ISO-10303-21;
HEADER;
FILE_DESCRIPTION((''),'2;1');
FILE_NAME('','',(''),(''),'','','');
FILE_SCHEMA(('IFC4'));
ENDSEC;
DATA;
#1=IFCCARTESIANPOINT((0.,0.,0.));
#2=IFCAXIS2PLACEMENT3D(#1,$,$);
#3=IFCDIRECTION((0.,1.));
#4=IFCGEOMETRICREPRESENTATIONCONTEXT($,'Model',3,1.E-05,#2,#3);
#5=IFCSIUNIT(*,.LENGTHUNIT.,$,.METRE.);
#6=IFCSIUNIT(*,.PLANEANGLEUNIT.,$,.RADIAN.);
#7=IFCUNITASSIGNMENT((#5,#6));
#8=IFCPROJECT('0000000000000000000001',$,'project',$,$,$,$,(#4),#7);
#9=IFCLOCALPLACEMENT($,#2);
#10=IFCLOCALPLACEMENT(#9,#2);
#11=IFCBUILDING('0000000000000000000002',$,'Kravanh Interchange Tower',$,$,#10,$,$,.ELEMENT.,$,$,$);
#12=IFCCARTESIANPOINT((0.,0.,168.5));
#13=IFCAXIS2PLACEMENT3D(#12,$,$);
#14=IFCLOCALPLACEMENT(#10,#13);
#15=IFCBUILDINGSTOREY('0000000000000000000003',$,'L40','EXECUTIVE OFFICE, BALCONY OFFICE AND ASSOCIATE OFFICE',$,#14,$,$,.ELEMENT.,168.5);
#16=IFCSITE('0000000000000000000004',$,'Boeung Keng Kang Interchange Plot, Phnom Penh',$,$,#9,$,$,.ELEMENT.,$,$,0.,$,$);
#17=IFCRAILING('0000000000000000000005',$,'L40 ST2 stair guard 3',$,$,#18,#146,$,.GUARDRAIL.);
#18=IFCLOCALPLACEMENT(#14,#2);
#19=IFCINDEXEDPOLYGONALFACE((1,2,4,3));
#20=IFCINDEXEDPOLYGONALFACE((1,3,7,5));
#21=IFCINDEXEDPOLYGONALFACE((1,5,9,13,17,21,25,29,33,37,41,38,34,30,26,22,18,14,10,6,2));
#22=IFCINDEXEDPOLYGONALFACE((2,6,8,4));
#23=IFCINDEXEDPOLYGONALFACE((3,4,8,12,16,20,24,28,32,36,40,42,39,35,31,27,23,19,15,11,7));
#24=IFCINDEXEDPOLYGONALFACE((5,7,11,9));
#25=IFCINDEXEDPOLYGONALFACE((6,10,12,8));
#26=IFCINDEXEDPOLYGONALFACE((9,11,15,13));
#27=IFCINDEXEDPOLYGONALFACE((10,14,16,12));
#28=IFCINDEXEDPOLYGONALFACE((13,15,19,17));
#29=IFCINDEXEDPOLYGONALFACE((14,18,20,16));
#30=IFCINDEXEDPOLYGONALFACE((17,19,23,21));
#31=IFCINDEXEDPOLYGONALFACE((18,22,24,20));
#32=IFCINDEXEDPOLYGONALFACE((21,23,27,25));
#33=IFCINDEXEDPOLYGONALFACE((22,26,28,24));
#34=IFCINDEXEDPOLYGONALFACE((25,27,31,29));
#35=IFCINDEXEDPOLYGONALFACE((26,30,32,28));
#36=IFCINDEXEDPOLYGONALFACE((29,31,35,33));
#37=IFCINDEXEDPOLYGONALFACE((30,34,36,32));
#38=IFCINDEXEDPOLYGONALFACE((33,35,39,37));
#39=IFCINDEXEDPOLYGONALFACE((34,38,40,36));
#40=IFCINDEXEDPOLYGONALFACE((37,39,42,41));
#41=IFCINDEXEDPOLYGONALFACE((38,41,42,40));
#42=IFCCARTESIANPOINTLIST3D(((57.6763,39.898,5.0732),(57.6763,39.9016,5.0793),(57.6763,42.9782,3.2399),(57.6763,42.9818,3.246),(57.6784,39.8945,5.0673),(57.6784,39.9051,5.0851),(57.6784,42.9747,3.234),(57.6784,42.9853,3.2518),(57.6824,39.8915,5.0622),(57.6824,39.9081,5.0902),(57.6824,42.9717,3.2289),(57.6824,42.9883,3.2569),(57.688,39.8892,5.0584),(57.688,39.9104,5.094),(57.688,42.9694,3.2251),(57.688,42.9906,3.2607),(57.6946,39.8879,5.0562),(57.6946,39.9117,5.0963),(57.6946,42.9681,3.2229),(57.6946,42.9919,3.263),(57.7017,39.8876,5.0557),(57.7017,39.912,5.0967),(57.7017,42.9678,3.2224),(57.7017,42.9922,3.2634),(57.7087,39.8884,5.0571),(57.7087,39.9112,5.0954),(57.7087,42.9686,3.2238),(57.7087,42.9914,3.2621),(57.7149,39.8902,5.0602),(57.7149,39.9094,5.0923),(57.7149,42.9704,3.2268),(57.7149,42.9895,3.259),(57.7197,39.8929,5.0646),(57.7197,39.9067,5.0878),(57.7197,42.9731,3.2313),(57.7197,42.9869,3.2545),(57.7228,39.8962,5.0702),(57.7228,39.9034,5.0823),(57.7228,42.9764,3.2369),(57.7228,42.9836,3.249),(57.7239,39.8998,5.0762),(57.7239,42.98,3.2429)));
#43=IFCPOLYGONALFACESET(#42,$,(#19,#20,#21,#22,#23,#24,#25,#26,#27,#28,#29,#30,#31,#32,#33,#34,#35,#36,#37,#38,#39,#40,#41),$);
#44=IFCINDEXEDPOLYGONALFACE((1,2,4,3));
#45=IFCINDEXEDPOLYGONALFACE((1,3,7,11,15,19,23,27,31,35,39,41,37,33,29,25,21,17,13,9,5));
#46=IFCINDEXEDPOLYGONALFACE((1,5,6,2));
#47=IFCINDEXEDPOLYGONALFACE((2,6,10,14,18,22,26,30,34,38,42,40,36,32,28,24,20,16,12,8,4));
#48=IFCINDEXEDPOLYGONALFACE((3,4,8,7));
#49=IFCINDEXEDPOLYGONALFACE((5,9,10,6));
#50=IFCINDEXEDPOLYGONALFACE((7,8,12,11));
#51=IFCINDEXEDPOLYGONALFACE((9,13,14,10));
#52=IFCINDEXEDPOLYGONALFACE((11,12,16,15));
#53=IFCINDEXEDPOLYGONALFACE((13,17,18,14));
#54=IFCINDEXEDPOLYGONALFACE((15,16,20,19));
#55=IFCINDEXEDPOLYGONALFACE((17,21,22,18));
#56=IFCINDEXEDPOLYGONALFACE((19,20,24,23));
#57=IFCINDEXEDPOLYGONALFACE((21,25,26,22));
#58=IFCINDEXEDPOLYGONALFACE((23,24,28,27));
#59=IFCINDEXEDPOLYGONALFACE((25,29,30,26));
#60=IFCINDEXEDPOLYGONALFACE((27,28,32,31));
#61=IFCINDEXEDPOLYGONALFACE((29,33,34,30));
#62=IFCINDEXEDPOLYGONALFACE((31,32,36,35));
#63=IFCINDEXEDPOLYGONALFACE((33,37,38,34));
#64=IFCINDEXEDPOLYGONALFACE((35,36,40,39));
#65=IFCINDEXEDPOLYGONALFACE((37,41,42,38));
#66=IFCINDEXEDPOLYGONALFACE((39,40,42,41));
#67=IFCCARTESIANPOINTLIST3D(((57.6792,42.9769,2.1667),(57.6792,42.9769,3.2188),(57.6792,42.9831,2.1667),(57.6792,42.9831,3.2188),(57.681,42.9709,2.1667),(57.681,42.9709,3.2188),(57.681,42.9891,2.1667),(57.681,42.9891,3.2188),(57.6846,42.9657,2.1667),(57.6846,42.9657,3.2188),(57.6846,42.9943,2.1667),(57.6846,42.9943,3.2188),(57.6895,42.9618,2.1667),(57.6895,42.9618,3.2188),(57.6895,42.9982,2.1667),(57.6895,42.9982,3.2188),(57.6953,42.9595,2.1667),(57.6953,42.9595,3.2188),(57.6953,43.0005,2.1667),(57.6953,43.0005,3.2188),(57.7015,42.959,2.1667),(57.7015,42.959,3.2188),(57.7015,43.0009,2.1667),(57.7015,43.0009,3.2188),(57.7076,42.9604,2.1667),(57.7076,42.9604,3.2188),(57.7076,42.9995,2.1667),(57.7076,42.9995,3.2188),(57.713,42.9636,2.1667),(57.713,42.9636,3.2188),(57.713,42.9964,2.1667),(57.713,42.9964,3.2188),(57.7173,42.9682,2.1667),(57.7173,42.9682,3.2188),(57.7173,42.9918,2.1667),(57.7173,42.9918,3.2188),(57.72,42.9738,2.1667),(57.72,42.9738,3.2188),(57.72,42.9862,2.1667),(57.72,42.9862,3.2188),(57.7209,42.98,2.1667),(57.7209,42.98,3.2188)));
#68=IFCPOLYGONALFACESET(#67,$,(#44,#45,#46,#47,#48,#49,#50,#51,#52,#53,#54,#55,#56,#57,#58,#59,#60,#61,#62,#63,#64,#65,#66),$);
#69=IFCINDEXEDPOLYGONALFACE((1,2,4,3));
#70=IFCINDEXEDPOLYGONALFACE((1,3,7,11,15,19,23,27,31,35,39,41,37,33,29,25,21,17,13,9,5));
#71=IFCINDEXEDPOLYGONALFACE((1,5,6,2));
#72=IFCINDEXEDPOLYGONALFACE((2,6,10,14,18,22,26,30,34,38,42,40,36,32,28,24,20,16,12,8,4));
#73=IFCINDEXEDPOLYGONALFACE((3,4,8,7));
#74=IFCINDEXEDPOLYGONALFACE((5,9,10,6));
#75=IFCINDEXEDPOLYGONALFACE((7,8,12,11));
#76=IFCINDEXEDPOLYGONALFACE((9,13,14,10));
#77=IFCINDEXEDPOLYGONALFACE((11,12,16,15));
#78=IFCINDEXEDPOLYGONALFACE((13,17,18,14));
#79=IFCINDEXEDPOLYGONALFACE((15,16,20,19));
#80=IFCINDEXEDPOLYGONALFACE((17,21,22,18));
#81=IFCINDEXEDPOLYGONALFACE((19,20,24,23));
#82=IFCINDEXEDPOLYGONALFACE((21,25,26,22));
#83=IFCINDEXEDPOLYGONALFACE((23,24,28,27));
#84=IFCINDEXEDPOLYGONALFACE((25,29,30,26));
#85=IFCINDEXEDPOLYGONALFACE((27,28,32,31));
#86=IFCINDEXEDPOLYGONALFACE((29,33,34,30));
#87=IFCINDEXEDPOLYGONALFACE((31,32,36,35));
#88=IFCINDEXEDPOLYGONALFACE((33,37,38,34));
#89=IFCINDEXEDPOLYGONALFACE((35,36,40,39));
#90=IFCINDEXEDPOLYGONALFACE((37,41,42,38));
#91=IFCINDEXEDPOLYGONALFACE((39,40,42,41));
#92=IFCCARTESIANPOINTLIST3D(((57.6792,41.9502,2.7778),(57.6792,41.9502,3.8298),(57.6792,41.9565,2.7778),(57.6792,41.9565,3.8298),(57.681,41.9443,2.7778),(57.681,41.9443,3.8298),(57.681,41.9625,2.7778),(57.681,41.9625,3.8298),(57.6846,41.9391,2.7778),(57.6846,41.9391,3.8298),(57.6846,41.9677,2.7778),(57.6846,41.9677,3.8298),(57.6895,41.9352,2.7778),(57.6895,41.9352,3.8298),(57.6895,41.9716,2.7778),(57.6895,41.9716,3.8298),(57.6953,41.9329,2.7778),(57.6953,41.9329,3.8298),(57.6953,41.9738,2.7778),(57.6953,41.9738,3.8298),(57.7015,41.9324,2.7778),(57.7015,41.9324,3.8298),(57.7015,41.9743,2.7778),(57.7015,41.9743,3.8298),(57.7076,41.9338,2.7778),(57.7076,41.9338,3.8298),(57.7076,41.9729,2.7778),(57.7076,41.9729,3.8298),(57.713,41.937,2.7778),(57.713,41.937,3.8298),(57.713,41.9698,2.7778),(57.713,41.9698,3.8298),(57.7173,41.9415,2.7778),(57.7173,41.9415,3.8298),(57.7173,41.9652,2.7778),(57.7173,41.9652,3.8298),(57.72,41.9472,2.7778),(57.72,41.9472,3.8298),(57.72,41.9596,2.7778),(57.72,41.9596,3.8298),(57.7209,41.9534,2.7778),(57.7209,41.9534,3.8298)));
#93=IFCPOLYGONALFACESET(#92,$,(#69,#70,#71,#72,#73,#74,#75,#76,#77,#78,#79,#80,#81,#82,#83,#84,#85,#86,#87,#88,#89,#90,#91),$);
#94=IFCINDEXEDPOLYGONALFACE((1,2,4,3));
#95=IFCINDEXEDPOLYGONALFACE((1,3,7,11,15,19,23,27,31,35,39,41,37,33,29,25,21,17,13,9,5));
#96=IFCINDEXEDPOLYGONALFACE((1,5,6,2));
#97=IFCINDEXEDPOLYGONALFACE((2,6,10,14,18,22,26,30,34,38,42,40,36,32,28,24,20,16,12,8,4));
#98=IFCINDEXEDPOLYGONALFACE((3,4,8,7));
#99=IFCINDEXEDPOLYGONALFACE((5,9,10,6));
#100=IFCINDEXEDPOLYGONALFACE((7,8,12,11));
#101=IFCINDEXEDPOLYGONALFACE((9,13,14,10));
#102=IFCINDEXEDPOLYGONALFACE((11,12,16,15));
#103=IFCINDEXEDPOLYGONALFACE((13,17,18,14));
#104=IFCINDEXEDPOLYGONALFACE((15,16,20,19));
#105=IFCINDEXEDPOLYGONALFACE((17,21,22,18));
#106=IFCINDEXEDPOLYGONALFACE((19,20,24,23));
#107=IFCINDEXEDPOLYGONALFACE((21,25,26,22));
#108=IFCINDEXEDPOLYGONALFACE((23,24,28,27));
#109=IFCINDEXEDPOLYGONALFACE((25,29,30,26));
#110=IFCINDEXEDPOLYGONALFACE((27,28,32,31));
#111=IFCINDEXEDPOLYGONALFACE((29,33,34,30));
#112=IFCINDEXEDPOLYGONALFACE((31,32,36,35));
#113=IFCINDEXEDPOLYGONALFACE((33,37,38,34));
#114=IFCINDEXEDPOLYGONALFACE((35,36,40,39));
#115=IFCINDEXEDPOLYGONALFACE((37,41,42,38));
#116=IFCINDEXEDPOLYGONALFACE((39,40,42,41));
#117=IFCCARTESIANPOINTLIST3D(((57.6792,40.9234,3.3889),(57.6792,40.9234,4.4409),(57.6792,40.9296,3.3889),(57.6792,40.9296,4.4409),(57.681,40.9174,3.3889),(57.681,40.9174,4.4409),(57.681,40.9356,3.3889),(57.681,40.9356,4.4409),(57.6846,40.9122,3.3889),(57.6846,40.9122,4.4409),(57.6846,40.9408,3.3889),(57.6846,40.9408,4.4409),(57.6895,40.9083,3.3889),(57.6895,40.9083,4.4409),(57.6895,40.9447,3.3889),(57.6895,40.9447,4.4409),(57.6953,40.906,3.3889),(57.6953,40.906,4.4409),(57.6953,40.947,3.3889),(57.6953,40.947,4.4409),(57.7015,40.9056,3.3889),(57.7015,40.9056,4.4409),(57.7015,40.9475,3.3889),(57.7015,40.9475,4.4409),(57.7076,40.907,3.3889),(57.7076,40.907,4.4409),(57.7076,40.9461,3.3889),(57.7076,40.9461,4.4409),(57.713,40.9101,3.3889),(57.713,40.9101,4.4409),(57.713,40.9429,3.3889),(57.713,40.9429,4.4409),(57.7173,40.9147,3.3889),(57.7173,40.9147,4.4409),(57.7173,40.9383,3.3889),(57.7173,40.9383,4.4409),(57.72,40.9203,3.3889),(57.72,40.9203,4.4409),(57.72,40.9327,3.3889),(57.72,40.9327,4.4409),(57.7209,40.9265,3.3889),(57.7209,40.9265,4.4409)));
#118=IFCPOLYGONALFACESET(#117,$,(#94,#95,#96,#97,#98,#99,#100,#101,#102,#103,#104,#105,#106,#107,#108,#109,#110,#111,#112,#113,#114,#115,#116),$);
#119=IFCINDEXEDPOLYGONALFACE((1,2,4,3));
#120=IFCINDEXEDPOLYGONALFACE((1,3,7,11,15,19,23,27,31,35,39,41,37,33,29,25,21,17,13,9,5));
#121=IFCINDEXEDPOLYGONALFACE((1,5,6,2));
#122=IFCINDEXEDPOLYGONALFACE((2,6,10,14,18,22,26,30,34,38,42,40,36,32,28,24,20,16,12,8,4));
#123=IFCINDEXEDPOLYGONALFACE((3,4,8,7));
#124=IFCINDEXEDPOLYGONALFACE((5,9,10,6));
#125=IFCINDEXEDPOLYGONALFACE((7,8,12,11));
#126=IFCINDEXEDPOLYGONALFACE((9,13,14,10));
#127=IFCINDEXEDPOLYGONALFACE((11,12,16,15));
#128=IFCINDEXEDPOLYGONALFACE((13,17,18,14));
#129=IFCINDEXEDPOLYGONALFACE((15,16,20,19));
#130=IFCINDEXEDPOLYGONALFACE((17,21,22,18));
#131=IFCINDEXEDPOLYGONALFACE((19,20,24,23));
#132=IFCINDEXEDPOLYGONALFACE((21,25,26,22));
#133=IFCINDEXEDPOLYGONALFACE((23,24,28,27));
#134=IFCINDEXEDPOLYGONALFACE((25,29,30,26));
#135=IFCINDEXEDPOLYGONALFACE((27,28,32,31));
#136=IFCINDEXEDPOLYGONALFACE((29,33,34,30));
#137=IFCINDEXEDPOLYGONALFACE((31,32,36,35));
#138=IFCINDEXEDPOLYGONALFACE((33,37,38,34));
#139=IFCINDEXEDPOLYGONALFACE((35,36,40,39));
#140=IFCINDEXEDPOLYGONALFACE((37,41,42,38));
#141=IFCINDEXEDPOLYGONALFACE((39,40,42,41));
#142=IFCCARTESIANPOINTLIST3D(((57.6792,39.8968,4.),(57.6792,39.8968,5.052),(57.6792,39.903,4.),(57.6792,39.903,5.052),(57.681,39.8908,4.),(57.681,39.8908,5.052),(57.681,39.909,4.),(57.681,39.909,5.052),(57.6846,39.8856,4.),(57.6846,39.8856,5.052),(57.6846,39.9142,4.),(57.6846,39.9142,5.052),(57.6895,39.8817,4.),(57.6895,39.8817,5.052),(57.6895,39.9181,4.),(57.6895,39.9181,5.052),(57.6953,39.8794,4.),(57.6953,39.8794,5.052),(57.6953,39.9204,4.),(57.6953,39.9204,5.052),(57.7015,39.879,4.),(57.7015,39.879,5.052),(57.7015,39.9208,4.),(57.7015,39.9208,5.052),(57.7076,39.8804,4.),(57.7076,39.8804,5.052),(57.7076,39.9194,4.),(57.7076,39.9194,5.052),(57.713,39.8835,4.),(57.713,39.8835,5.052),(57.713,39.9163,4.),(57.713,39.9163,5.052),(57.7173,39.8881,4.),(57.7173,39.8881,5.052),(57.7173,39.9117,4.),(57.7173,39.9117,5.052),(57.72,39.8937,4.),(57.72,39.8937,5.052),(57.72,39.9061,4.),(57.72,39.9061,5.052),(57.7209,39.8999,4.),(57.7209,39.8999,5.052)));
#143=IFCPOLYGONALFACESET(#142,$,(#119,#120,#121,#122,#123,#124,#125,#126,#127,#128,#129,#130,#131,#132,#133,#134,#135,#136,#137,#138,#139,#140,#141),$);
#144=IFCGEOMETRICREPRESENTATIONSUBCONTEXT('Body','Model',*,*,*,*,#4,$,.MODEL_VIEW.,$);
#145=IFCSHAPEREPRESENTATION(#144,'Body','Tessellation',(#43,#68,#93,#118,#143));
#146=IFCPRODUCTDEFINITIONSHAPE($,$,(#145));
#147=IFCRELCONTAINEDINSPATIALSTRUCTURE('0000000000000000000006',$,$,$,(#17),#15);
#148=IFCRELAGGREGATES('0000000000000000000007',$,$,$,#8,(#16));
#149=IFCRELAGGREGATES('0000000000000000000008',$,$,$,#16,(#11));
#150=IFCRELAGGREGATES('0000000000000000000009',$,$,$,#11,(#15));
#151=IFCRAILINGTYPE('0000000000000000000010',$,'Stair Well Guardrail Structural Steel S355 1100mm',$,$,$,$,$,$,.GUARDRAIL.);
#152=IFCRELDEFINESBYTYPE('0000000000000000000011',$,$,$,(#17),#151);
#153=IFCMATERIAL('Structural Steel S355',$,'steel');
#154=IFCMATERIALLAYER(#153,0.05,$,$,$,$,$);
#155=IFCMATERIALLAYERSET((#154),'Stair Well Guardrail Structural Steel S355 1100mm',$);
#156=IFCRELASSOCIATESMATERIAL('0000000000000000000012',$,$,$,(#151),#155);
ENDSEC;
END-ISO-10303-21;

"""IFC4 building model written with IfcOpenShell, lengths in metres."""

from ifc_helpers import new_model, si_unit, direction, frame, origin, origin_2d, place, context, subcontext, project, spatial, circle, extrude, material, layer, layer_set, type_object, element, save


model = new_model("IFC4")

# Units and contexts
model_context = context("Model", 3, precision=1e-05, world=origin(), true_north=direction((0.0, 1.0)))
body_context = subcontext(model_context, "Body", "Model", "MODEL_VIEW")
ifc_project = project(units=[si_unit("LENGTHUNIT", "METRE"), si_unit("PLANEANGLEUNIT", "RADIAN")], contexts=[model_context])

# Site, building, storey
site_placement = place(None, origin())
site = spatial("IfcSite", under=ifc_project, at=site_placement, Name="Boeung Keng Kang Interchange Plot, Phnom Penh", CompositionType="ELEMENT", RefElevation=0.0)
building_placement = place(site_placement, origin())
building = spatial("IfcBuilding", under=site, at=building_placement, Name="Kravanh Interchange Tower", CompositionType="ELEMENT")
storey_placement = place(building_placement, frame((0.0, 0.0, 168.5)))
storey = spatial("IfcBuildingStorey", under=building, at=storey_placement, Name="L40", Description="EXECUTIVE OFFICE, BALCONY OFFICE AND ASSOCIATE OFFICE", CompositionType="ELEMENT", Elevation=168.5)

# Railing
ifc_material_1 = material(Name="Structural Steel S355", Category="steel")
ifc_layer_1 = layer(ifc_material_1, 0.05)
ifc_layer_set_1 = layer_set([ifc_layer_1], Name="Stair Well Guardrail Structural Steel S355 1100mm")
railing_type_1 = type_object("IfcRailingType", Name="Stair Well Guardrail Structural Steel S355 1100mm", PredefinedType="GUARDRAIL", material=ifc_layer_set_1)
railing_1_placement = place(storey_placement, frame((57.7, 42.98, 2.1667)))
element("IfcRailing", 1, at=railing_1_placement, inside=storey, type_object=railing_type_1, Name="L40 ST2 stair guard 3", PredefinedType="GUARDRAIL", context=body_context, shape_type="SweptSolid", body=[
    extrude(circle(Radius=0.0239, at=origin_2d()), frame((0.0, 0.0, 1.0762), z_axis=(0.0, -0.859309, 0.511458), x_axis=(1.0, 0.0, 0.0)), (0.0, 0.0, 1.0), 3.5845),
    extrude(circle(Radius=0.021, at=origin_2d()), origin(), (0.0, 0.0, 1.0), 1.052),
    extrude(circle(Radius=0.021, at=origin_2d()), frame((0.0, -1.0266, 0.6111)), (0.0, 0.0, 1.0), 1.052),
    extrude(circle(Radius=0.021, at=origin_2d()), frame((0.0, -2.0535, 1.2222)), (0.0, 0.0, 1.0), 1.052),
    extrude(circle(Radius=0.021, at=origin_2d()), frame((0.0, -3.0801, 1.8333)), (0.0, 0.0, 1.0), 1.052),
])

save(model, "model.ifc")
